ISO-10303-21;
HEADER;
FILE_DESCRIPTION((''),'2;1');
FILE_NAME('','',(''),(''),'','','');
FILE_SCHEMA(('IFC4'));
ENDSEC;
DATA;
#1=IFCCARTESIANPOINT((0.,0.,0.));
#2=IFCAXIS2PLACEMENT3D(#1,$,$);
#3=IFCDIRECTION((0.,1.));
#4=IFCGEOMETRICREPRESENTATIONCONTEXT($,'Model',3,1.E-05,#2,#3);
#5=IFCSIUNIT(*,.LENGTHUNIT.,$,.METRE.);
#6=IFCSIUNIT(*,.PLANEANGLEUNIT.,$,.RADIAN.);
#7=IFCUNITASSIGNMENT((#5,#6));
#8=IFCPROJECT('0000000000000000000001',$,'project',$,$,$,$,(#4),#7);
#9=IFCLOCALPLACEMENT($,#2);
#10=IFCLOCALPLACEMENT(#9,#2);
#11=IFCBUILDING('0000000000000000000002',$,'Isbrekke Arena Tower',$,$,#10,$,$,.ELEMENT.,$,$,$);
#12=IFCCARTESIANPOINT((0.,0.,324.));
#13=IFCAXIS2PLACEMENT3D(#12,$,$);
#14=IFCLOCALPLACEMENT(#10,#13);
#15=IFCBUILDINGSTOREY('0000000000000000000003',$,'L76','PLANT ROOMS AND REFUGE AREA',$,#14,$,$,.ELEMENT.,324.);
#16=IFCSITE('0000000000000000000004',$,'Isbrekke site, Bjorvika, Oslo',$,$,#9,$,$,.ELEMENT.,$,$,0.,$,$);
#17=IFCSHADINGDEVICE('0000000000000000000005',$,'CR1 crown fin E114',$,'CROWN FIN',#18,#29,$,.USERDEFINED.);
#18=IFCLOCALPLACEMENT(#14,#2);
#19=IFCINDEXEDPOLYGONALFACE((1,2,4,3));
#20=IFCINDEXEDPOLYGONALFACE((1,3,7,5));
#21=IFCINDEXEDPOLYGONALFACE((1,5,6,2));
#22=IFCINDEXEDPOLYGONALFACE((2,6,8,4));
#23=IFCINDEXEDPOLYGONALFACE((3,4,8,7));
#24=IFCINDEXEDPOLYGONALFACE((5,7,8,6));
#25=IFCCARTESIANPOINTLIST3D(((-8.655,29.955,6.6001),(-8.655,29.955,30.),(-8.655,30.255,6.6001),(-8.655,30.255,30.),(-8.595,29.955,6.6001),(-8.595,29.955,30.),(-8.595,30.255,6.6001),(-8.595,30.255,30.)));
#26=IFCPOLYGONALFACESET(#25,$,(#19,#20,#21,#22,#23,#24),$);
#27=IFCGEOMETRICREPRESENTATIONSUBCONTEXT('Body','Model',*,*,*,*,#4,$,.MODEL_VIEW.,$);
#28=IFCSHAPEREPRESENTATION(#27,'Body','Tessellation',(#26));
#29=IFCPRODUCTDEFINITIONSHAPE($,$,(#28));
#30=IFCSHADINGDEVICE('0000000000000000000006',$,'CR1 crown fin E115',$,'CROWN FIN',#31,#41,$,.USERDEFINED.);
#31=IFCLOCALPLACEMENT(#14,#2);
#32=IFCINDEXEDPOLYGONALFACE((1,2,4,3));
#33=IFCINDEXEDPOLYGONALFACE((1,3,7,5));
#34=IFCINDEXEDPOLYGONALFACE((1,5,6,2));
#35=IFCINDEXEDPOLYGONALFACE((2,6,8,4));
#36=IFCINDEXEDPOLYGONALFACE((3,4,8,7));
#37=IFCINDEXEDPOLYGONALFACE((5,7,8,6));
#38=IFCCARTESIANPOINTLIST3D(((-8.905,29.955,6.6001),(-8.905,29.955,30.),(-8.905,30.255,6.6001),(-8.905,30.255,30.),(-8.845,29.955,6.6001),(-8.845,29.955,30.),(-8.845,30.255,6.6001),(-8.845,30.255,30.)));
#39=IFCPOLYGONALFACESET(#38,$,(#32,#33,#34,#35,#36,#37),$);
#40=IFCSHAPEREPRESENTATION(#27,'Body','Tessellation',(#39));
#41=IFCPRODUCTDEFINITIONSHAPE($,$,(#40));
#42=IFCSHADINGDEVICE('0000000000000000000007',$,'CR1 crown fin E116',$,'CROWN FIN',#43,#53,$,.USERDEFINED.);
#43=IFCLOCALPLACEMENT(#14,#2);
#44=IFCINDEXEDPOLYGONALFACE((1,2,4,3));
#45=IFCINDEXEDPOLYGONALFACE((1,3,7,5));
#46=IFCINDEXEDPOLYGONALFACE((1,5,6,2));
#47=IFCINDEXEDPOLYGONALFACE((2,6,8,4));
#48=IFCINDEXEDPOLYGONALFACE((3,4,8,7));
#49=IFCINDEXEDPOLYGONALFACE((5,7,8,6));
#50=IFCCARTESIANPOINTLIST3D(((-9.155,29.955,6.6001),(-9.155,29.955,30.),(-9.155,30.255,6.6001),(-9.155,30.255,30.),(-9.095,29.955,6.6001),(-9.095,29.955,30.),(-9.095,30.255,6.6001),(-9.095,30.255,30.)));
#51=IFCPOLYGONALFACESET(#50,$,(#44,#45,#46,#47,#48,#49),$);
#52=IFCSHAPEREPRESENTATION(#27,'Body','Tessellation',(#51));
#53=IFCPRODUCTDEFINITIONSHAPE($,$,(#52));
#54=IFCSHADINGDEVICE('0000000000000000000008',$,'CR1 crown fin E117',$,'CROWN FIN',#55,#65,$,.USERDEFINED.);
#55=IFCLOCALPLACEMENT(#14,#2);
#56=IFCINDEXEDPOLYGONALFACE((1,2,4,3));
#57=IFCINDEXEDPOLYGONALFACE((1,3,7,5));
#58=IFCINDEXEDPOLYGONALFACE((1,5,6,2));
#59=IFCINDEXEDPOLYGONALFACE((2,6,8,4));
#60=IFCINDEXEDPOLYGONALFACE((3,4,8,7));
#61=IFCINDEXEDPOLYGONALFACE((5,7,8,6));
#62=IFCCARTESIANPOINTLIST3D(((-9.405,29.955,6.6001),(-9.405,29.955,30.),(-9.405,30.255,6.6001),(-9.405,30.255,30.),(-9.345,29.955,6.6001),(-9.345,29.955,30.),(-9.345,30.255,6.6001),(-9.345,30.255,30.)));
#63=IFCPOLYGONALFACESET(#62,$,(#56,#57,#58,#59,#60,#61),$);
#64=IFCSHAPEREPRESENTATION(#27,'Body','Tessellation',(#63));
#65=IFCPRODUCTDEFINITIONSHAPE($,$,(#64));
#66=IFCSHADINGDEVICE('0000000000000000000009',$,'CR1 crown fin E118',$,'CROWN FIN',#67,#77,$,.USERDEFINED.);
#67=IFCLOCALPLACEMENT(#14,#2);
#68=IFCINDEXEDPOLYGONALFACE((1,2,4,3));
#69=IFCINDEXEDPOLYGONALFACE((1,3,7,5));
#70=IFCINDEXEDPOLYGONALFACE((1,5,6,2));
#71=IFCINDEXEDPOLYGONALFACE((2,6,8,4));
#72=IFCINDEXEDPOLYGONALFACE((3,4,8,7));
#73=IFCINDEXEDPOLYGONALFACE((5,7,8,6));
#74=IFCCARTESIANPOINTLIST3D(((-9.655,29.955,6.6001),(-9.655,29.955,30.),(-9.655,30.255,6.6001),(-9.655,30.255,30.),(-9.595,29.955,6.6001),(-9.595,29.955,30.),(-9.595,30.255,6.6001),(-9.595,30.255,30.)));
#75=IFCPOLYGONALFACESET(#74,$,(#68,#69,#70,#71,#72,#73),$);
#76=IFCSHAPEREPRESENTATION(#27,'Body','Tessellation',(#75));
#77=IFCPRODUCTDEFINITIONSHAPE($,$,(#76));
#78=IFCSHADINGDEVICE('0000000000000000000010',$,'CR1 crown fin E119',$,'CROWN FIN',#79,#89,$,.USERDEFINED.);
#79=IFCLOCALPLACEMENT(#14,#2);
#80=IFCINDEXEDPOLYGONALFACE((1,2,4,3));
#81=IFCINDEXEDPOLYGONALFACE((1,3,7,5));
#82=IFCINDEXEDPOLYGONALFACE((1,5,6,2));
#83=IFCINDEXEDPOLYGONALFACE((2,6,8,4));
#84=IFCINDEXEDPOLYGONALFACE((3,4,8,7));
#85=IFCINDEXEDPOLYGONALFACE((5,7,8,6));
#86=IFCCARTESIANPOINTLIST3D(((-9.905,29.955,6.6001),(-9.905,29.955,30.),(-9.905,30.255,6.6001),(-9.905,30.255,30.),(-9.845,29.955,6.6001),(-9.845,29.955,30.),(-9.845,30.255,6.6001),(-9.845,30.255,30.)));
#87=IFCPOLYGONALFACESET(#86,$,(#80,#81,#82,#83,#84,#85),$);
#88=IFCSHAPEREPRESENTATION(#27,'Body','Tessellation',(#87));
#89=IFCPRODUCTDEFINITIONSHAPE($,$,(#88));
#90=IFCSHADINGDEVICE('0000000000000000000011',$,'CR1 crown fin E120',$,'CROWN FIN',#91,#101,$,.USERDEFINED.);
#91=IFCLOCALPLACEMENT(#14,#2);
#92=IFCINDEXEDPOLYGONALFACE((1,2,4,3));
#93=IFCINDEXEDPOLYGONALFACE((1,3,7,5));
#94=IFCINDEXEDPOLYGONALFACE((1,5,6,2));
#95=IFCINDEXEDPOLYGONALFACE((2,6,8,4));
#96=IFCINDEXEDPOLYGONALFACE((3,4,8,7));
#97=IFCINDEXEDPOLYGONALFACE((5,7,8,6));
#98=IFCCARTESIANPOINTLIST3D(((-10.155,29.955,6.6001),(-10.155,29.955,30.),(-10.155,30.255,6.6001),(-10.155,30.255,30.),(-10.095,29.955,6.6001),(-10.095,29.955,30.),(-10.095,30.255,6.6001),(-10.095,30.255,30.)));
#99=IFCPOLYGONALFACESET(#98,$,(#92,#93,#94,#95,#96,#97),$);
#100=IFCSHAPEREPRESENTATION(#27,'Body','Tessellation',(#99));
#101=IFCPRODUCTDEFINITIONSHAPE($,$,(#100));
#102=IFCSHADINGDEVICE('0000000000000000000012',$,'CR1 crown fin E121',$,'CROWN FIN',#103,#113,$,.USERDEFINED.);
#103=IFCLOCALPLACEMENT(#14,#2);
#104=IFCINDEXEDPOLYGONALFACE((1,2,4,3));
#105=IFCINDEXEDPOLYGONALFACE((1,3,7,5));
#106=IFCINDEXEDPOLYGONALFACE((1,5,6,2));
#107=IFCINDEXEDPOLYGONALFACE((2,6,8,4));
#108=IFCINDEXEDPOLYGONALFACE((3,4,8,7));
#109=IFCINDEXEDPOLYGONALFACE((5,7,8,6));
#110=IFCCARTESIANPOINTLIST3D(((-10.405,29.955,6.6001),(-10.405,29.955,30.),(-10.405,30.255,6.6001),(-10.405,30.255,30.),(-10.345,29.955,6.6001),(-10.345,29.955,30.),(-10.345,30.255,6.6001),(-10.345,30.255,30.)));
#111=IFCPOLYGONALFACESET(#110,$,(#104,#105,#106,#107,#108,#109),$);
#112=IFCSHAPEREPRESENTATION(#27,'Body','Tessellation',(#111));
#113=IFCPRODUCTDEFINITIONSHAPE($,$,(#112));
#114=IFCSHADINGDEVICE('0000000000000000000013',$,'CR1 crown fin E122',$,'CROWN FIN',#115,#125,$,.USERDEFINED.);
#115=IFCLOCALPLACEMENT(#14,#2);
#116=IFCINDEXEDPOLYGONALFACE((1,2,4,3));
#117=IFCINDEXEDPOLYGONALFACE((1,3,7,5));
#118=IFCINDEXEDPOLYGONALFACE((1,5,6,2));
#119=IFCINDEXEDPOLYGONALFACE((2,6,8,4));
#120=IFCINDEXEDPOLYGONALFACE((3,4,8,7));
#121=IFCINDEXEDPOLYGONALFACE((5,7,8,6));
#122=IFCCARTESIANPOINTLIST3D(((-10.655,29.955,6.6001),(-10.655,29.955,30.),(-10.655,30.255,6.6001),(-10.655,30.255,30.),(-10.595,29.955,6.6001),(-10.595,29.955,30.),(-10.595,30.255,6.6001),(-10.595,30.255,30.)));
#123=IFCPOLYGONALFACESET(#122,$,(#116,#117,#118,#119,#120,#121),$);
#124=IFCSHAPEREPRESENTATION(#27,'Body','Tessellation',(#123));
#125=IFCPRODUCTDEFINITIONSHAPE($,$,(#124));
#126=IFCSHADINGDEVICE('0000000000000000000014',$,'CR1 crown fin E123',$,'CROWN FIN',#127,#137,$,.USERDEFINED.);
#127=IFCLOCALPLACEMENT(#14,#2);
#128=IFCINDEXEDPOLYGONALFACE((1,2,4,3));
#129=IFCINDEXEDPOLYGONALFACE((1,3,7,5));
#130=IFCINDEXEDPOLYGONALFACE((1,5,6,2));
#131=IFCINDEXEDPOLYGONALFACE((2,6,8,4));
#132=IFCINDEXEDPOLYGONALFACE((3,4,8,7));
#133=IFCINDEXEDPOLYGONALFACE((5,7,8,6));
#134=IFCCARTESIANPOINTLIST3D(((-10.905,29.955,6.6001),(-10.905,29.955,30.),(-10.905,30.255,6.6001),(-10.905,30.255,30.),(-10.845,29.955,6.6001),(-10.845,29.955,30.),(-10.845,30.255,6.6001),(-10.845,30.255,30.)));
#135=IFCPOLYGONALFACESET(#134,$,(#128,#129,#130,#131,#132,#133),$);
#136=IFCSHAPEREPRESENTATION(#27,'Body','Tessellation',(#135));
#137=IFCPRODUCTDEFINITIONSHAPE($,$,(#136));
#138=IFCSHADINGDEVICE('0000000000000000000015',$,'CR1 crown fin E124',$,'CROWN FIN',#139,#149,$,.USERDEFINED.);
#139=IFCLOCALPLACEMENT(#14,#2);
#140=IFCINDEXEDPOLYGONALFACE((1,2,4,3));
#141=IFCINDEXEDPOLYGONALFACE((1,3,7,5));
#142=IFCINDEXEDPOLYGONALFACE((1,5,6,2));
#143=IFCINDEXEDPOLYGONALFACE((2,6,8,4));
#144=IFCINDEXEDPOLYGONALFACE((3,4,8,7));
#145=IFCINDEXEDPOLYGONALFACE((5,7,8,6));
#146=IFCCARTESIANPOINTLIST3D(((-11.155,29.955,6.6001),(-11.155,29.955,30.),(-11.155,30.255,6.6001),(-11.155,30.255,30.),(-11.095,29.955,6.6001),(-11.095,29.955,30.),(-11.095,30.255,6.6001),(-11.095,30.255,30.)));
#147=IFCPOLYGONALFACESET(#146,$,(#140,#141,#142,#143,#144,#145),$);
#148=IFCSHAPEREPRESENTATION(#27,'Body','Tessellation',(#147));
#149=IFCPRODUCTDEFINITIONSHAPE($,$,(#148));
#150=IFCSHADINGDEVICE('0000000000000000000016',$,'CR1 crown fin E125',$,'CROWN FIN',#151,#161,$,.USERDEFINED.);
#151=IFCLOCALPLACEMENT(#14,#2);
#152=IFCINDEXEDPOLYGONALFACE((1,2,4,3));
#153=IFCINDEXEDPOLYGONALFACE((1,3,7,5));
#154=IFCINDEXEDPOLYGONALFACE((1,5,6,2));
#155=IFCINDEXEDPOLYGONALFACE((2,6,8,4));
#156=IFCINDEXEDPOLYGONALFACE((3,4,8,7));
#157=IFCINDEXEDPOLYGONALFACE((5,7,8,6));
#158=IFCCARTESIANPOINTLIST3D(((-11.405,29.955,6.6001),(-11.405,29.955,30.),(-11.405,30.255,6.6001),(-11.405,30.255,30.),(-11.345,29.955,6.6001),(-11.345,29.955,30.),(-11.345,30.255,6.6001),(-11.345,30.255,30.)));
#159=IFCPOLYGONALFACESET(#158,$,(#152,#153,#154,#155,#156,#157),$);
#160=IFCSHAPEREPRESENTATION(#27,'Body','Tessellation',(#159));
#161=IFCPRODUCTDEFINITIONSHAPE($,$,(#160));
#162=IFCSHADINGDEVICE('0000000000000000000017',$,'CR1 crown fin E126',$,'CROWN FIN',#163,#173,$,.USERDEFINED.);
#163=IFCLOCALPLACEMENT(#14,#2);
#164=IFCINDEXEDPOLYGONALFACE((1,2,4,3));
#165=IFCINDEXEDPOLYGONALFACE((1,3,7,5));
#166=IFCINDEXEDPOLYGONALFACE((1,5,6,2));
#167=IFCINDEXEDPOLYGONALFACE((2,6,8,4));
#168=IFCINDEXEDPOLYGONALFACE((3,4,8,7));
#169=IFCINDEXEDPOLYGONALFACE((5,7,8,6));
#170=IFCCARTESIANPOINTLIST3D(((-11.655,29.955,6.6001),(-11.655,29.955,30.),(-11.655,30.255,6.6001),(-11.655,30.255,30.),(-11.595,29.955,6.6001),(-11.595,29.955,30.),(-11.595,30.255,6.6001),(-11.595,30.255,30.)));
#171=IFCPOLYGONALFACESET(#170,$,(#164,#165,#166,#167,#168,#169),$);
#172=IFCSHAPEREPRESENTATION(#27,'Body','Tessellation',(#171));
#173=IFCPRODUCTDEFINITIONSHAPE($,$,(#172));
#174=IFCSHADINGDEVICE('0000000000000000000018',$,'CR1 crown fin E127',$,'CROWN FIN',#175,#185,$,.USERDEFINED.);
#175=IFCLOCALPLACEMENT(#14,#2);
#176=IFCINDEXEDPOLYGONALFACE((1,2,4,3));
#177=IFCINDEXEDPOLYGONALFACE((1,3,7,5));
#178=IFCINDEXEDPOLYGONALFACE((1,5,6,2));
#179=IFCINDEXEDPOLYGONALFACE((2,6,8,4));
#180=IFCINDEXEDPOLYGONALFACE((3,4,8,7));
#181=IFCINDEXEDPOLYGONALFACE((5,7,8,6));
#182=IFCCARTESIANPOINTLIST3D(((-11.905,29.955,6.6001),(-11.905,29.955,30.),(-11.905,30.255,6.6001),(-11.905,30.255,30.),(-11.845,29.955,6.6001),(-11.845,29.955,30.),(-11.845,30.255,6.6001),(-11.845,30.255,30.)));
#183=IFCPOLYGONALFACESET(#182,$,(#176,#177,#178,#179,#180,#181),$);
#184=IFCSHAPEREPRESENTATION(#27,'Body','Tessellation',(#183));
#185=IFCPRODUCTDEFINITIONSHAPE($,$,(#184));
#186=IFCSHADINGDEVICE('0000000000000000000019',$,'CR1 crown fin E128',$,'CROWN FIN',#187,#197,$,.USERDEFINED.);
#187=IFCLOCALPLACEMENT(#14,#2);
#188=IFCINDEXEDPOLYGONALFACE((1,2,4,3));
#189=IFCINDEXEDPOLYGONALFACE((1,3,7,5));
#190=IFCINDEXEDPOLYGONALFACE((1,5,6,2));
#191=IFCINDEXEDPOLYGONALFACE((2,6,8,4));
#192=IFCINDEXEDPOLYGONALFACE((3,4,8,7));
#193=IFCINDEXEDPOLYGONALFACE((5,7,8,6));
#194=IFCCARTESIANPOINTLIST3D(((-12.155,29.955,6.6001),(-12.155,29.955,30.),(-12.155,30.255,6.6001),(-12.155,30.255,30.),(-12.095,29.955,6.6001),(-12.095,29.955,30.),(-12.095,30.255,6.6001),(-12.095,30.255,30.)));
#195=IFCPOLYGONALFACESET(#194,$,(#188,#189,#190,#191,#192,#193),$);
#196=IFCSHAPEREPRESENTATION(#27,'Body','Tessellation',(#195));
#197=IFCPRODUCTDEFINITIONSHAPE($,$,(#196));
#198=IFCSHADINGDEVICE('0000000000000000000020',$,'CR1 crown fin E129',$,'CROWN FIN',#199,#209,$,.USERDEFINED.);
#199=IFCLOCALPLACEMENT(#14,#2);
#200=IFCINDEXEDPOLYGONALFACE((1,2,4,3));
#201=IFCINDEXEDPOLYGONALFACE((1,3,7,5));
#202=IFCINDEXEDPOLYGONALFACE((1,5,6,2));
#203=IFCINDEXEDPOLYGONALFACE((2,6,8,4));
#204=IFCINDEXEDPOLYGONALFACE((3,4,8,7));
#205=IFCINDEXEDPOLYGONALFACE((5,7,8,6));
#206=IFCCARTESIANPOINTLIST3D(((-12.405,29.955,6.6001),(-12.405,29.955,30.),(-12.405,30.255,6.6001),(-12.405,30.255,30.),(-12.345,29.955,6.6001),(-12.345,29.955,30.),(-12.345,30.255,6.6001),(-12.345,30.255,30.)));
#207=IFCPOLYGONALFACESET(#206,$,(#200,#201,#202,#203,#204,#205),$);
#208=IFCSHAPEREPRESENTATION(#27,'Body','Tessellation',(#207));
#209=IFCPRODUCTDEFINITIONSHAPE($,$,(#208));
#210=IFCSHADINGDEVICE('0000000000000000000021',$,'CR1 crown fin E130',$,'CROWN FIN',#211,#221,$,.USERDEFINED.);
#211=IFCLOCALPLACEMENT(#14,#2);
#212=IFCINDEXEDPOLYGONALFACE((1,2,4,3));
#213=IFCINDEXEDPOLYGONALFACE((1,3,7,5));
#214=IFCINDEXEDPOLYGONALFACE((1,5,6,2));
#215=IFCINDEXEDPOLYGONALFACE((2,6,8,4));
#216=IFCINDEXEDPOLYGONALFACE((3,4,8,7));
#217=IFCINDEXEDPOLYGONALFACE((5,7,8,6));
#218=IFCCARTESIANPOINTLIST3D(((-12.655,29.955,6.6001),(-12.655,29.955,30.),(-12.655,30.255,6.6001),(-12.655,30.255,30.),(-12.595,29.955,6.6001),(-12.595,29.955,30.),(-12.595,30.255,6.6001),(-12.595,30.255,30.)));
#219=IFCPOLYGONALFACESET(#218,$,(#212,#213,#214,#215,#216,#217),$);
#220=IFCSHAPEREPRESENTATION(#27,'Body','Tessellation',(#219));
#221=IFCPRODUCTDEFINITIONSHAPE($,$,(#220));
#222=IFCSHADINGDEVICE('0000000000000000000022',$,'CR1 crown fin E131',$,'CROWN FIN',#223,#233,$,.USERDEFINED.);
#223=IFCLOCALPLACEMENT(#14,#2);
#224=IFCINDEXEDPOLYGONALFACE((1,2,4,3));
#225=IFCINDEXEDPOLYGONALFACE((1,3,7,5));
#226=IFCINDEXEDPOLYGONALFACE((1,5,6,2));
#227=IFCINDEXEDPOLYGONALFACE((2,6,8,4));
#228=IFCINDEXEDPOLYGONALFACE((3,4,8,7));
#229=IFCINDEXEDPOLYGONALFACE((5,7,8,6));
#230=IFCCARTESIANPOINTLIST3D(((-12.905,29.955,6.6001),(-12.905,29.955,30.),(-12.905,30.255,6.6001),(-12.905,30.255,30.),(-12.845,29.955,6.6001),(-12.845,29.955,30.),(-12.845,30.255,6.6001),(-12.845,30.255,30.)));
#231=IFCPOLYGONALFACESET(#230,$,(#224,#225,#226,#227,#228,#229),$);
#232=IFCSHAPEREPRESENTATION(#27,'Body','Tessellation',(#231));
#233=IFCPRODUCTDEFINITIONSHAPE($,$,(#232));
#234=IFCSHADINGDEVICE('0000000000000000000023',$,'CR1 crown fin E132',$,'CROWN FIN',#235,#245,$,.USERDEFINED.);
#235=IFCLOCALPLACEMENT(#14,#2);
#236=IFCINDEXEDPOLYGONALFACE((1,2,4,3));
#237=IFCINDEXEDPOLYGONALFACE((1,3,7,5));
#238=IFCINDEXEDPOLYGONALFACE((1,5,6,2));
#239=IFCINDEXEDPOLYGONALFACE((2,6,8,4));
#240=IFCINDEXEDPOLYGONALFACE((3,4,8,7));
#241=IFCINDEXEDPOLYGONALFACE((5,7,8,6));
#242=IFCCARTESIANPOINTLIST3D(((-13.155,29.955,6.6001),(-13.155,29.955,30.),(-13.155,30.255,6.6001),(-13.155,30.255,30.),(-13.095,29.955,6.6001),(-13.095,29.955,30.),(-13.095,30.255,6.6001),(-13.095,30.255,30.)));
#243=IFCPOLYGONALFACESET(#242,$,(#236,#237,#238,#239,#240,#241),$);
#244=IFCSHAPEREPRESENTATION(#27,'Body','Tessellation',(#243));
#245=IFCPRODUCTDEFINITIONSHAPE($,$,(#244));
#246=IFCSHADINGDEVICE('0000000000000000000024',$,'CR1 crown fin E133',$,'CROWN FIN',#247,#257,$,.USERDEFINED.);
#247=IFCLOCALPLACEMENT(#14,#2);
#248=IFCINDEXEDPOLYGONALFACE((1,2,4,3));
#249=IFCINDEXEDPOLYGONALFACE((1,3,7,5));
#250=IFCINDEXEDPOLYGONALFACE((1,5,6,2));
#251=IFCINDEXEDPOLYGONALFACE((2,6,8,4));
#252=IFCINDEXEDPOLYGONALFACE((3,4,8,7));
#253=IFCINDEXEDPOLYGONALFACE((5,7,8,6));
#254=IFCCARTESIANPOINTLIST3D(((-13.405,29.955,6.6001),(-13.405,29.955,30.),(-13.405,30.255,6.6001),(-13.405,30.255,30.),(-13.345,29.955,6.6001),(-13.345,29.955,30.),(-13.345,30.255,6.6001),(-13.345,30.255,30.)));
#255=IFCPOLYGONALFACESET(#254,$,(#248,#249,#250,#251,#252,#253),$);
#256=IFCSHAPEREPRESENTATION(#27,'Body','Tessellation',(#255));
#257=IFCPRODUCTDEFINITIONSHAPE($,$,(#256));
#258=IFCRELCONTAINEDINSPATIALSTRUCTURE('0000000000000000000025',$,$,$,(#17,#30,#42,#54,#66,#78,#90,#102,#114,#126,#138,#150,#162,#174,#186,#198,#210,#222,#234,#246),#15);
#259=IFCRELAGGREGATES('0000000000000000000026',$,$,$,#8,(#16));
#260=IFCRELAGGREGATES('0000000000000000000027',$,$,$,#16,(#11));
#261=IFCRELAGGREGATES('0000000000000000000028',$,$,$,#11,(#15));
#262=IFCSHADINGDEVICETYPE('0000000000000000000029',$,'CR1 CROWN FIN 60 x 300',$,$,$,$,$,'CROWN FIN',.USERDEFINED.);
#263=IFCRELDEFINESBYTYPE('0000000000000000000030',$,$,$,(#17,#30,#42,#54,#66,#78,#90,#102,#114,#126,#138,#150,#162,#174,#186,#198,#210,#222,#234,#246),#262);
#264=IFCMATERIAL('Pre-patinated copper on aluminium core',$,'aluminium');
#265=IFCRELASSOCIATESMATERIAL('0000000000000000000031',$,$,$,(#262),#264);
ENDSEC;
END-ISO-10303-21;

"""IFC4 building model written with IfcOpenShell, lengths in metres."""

from ifc_helpers import new_model, si_unit, direction, frame, origin, origin_2d, place, context, subcontext, project, spatial, rectangle, extrude, material, material_profile, profile_set, type_object, element, save


model = new_model("IFC4")

# Units and contexts
model_context = context("Model", 3, precision=1e-05, world=origin(), true_north=direction((0.0, 1.0)))
body_context = subcontext(model_context, "Body", "Model", "MODEL_VIEW")
ifc_project = project(units=[si_unit("LENGTHUNIT", "METRE"), si_unit("PLANEANGLEUNIT", "RADIAN")], contexts=[model_context])

# Site, building, storey
site_placement = place(None, origin())
site = spatial("IfcSite", under=ifc_project, at=site_placement, Name="Isbrekke site, Bjorvika, Oslo", CompositionType="ELEMENT", RefElevation=0.0)
building_placement = place(site_placement, origin())
building = spatial("IfcBuilding", under=site, at=building_placement, Name="Isbrekke Arena Tower", CompositionType="ELEMENT")
storey_placement = place(building_placement, frame((0.0, 0.0, 324.0)))
storey = spatial("IfcBuildingStorey", under=building, at=storey_placement, Name="L76", Description="PLANT ROOMS AND REFUGE AREA", CompositionType="ELEMENT", Elevation=324.0)

# Shading devices
ifc_material = material(Name="Pre-patinated copper on aluminium core", Category="aluminium")
ifc_material_profile = material_profile(ifc_material, rectangle(XDim=0.0601, YDim=0.3, at=origin_2d()), Name="FIN 60X300")
ifc_profile_set = profile_set([ifc_material_profile], Name="Pre-patinated copper on aluminium core")
shading_device_type = type_object("IfcShadingDeviceType", Name="CR1 CROWN FIN 60 x 300", ElementType="CROWN FIN", PredefinedType="USERDEFINED", material=ifc_profile_set)
for number, where, z_axis, x_axis, name in (
    (1, (-8.625, 30.105, 6.6001), (0.0, 0.0, 1.0), (-1.0, 0.0, 0.0), "CR1 crown fin E114"),
    (2, (-8.875, 30.105, 6.6001), (0.0, 0.0, 1.0), (-1.0, 0.0, 0.0), "CR1 crown fin E115"),
    (3, (-9.125, 30.105, 6.6001), (0.0, 0.0, 1.0), (-1.0, 0.0, 0.0), "CR1 crown fin E116"),
    (4, (-9.375, 30.105, 6.6001), (0.0, 0.0, 1.0), (-1.0, 0.0, 0.0), "CR1 crown fin E117"),
    (5, (-9.625, 30.105, 6.6001), (0.0, 0.0, 1.0), (-1.0, 0.0, 0.0), "CR1 crown fin E118"),
    (6, (-9.875, 30.105, 6.6001), (0.0, 0.0, 1.0), (-1.0, 0.0, 0.0), "CR1 crown fin E119"),
    (7, (-10.125, 30.105, 6.6001), (0.0, 0.0, 1.0), (-1.0, 0.0, 0.0), "CR1 crown fin E120"),
    (8, (-10.375, 30.105, 6.6001), (0.0, 0.0, 1.0), (-1.0, 0.0, 0.0), "CR1 crown fin E121"),
    (9, (-10.625, 30.105, 6.6001), (0.0, 0.0, 1.0), (-1.0, 0.0, 0.0), "CR1 crown fin E122"),
    (10, (-10.875, 30.105, 6.6001), (0.0, 0.0, 1.0), (-1.0, 0.0, 0.0), "CR1 crown fin E123"),
    (11, (-11.125, 30.105, 6.6001), (0.0, 0.0, 1.0), (-1.0, 0.0, 0.0), "CR1 crown fin E124"),
    (12, (-11.375, 30.105, 6.6001), (0.0, 0.0, 1.0), (-1.0, 0.0, 0.0), "CR1 crown fin E125"),
    (13, (-11.625, 30.105, 6.6001), (0.0, 0.0, 1.0), (-1.0, 0.0, 0.0), "CR1 crown fin E126"),
    (14, (-11.875, 30.105, 6.6001), (0.0, 0.0, 1.0), (-1.0, 0.0, 0.0), "CR1 crown fin E127"),
    (15, (-12.125, 30.105, 6.6001), (0.0, 0.0, 1.0), (-1.0, 0.0, 0.0), "CR1 crown fin E128"),
    (16, (-12.375, 30.105, 6.6001), (0.0, 0.0, 1.0), (-1.0, 0.0, 0.0), "CR1 crown fin E129"),
    (17, (-12.625, 30.105, 6.6001), (0.0, 0.0, 1.0), (-1.0, 0.0, 0.0), "CR1 crown fin E130"),
    (18, (-12.875, 30.105, 6.6001), (0.0, 0.0, 1.0), (-1.0, 0.0, 0.0), "CR1 crown fin E131"),
    (19, (-13.125, 30.105, 6.6001), (0.0, 0.0, 1.0), (-1.0, 0.0, 0.0), "CR1 crown fin E132"),
    (20, (-13.375, 30.105, 6.6001), (0.0, 0.0, 1.0), (-1.0, 0.0, 0.0), "CR1 crown fin E133"),
):
    element("IfcShadingDevice", number, at=place(storey_placement, frame(where, z_axis=z_axis, x_axis=x_axis)), inside=storey, type_object=shading_device_type, Name=name, ObjectType="CROWN FIN", PredefinedType="USERDEFINED", context=body_context, shape_type="SweptSolid", body=[
        extrude(rectangle(XDim=0.0601, YDim=0.3, at=origin_2d()), origin(), (0.0, 0.0, 1.0), 23.3999),
    ])

save(model, "model.ifc")
